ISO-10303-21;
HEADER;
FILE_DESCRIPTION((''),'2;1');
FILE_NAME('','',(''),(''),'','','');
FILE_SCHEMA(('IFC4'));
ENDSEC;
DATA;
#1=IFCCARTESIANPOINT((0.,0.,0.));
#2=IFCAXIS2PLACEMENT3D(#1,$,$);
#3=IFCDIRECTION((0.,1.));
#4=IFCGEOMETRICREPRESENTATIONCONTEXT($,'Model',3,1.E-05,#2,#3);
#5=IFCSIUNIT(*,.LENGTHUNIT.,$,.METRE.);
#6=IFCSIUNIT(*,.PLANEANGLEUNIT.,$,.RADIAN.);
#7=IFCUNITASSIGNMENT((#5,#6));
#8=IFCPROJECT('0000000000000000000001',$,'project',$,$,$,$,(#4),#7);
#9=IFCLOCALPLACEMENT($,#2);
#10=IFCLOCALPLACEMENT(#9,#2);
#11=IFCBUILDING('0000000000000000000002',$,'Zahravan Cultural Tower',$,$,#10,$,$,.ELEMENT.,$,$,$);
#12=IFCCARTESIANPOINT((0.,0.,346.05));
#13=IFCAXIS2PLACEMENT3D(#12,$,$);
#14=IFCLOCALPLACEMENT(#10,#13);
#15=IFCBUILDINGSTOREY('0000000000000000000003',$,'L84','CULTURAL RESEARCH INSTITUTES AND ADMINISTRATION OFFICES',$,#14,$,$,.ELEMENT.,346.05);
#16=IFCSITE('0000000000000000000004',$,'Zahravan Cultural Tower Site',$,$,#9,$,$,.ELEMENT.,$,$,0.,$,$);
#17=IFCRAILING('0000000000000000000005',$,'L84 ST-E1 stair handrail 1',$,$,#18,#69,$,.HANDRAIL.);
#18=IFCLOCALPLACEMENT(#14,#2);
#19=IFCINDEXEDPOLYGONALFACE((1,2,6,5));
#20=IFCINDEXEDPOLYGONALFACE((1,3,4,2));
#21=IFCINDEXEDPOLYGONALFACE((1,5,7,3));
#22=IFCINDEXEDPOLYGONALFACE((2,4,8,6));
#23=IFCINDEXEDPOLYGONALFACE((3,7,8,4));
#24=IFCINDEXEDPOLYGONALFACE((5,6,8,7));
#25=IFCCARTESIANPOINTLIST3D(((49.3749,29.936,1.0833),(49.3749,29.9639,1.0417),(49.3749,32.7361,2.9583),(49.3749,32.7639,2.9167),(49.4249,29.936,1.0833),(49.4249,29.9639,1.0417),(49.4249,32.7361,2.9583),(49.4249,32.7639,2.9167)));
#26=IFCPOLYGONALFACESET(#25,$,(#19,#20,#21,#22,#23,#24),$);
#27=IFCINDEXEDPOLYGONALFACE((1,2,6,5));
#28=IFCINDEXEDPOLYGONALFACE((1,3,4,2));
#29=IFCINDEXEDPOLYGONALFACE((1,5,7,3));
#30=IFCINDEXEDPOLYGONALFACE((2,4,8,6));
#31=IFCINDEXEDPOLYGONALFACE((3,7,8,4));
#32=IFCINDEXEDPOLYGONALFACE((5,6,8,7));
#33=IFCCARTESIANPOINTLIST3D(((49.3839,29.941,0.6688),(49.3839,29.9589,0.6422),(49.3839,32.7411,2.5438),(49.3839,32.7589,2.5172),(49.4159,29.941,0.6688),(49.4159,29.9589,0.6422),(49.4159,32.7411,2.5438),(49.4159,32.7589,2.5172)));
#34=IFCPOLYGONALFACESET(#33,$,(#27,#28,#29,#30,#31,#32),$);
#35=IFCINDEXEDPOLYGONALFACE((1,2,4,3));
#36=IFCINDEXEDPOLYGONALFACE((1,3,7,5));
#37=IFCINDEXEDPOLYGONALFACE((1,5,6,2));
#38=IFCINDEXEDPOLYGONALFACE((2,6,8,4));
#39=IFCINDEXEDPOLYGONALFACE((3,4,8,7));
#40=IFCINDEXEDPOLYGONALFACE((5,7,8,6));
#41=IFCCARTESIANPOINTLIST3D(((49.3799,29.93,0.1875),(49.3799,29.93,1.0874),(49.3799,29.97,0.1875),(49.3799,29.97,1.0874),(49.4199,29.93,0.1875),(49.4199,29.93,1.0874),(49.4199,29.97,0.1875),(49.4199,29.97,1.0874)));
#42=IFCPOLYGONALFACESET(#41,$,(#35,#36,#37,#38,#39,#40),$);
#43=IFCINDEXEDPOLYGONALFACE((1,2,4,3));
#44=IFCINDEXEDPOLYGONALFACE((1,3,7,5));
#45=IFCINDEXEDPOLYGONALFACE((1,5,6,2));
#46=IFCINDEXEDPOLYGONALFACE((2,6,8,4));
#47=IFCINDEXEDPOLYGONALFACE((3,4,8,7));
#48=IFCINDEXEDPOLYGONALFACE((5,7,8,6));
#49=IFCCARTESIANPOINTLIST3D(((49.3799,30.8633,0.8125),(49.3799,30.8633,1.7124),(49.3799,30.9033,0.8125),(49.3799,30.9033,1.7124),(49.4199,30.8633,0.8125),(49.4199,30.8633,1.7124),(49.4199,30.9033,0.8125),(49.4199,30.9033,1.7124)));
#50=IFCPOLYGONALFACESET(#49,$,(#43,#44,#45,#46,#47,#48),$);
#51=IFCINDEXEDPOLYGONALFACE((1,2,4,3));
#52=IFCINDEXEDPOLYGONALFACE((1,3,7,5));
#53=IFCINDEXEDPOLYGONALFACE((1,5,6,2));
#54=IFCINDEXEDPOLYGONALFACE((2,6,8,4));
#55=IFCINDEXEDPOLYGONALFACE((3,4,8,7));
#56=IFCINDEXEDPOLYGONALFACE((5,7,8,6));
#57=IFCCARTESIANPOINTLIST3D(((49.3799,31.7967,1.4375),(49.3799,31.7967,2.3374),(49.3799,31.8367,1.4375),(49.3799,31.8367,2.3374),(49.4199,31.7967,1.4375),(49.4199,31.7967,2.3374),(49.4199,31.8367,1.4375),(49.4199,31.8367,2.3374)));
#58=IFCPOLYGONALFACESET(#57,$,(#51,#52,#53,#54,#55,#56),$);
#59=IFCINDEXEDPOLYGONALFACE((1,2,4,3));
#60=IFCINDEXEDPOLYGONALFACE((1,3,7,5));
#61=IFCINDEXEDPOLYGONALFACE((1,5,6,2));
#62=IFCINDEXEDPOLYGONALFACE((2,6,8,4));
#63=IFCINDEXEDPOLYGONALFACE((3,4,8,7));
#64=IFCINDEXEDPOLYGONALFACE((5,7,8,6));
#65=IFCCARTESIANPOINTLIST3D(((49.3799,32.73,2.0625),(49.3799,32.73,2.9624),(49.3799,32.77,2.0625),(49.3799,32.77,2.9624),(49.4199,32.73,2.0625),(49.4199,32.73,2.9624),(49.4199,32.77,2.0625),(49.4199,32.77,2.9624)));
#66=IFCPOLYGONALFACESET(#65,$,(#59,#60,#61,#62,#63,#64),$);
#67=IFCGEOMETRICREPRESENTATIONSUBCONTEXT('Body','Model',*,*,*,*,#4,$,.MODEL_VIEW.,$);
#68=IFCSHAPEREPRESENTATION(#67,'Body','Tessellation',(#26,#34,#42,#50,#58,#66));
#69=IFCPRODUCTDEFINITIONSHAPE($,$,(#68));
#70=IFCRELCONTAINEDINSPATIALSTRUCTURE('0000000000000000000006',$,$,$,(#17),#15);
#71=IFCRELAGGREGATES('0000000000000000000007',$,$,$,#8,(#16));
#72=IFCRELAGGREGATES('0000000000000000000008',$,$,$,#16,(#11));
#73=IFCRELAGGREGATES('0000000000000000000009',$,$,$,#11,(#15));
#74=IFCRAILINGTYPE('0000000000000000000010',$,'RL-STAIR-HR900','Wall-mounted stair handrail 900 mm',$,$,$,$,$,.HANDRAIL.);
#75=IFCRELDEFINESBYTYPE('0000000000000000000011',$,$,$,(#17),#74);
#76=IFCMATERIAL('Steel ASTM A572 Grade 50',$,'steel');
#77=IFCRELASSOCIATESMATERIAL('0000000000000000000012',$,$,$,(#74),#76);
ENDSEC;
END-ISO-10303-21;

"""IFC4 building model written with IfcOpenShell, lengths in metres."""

from ifc_helpers import new_model, si_unit, direction, frame, origin, origin_2d, place, context, subcontext, project, spatial, rectangle, extrude, material, type_object, element, save


model = new_model("IFC4")

# Units and contexts
model_context = context("Model", 3, precision=1e-05, world=origin(), true_north=direction((0.0, 1.0)))
body_context = subcontext(model_context, "Body", "Model", "MODEL_VIEW")
ifc_project = project(units=[si_unit("LENGTHUNIT", "METRE"), si_unit("PLANEANGLEUNIT", "RADIAN")], contexts=[model_context])

# Site, building, storey
site_placement = place(None, origin())
site = spatial("IfcSite", under=ifc_project, at=site_placement, Name="Zahravan Cultural Tower Site", CompositionType="ELEMENT", RefElevation=0.0)
building_placement = place(site_placement, origin())
building = spatial("IfcBuilding", under=site, at=building_placement, Name="Zahravan Cultural Tower", CompositionType="ELEMENT")
storey_placement = place(building_placement, frame((0.0, 0.0, 346.05)))
storey = spatial("IfcBuildingStorey", under=building, at=storey_placement, Name="L84", Description="CULTURAL RESEARCH INSTITUTES AND ADMINISTRATION OFFICES", CompositionType="ELEMENT", Elevation=346.05)

# Railing
ifc_material_1 = material(Name="Steel ASTM A572 Grade 50", Category="steel")
railing_type_1 = type_object("IfcRailingType", Name="RL-STAIR-HR900", Description="Wall-mounted stair handrail 900 mm", PredefinedType="HANDRAIL", material=ifc_material_1)
railing_1_placement = place(storey_placement, frame((49.3999, 29.95, 0.1875)))
element("IfcRailing", 1, at=railing_1_placement, inside=storey, type_object=railing_type_1, Name="L84 ST-E1 stair handrail 1", PredefinedType="HANDRAIL", context=body_context, shape_type="SweptSolid", body=[
    extrude(rectangle(XDim=0.05, YDim=0.05, at=origin_2d()), frame((0.0, 0.0, 0.875), z_axis=(0.0, 0.830912, 0.556404), x_axis=(-1.0, 0.0, 0.0)), (0.0, 0.0, 1.0), 3.3699),
    extrude(rectangle(XDim=0.032, YDim=0.032, at=origin_2d()), frame((0.0, 0.0, 0.468), z_axis=(0.0, 0.830912, 0.556404), x_axis=(-1.0, 0.0, 0.0)), (0.0, 0.0, 1.0), 3.3699),
    extrude(rectangle(XDim=0.04, YDim=0.04, at=origin_2d()), origin(), (0.0, 0.0, 1.0), 0.8999),
    extrude(rectangle(XDim=0.04, YDim=0.04, at=origin_2d()), frame((0.0, 0.9333, 0.625)), (0.0, 0.0, 1.0), 0.8999),
    extrude(rectangle(XDim=0.04, YDim=0.04, at=origin_2d()), frame((0.0, 1.8667, 1.25)), (0.0, 0.0, 1.0), 0.8999),
    extrude(rectangle(XDim=0.04, YDim=0.04, at=origin_2d()), frame((0.0, 2.8, 1.875)), (0.0, 0.0, 1.0), 0.8999),
])

save(model, "model.ifc")
